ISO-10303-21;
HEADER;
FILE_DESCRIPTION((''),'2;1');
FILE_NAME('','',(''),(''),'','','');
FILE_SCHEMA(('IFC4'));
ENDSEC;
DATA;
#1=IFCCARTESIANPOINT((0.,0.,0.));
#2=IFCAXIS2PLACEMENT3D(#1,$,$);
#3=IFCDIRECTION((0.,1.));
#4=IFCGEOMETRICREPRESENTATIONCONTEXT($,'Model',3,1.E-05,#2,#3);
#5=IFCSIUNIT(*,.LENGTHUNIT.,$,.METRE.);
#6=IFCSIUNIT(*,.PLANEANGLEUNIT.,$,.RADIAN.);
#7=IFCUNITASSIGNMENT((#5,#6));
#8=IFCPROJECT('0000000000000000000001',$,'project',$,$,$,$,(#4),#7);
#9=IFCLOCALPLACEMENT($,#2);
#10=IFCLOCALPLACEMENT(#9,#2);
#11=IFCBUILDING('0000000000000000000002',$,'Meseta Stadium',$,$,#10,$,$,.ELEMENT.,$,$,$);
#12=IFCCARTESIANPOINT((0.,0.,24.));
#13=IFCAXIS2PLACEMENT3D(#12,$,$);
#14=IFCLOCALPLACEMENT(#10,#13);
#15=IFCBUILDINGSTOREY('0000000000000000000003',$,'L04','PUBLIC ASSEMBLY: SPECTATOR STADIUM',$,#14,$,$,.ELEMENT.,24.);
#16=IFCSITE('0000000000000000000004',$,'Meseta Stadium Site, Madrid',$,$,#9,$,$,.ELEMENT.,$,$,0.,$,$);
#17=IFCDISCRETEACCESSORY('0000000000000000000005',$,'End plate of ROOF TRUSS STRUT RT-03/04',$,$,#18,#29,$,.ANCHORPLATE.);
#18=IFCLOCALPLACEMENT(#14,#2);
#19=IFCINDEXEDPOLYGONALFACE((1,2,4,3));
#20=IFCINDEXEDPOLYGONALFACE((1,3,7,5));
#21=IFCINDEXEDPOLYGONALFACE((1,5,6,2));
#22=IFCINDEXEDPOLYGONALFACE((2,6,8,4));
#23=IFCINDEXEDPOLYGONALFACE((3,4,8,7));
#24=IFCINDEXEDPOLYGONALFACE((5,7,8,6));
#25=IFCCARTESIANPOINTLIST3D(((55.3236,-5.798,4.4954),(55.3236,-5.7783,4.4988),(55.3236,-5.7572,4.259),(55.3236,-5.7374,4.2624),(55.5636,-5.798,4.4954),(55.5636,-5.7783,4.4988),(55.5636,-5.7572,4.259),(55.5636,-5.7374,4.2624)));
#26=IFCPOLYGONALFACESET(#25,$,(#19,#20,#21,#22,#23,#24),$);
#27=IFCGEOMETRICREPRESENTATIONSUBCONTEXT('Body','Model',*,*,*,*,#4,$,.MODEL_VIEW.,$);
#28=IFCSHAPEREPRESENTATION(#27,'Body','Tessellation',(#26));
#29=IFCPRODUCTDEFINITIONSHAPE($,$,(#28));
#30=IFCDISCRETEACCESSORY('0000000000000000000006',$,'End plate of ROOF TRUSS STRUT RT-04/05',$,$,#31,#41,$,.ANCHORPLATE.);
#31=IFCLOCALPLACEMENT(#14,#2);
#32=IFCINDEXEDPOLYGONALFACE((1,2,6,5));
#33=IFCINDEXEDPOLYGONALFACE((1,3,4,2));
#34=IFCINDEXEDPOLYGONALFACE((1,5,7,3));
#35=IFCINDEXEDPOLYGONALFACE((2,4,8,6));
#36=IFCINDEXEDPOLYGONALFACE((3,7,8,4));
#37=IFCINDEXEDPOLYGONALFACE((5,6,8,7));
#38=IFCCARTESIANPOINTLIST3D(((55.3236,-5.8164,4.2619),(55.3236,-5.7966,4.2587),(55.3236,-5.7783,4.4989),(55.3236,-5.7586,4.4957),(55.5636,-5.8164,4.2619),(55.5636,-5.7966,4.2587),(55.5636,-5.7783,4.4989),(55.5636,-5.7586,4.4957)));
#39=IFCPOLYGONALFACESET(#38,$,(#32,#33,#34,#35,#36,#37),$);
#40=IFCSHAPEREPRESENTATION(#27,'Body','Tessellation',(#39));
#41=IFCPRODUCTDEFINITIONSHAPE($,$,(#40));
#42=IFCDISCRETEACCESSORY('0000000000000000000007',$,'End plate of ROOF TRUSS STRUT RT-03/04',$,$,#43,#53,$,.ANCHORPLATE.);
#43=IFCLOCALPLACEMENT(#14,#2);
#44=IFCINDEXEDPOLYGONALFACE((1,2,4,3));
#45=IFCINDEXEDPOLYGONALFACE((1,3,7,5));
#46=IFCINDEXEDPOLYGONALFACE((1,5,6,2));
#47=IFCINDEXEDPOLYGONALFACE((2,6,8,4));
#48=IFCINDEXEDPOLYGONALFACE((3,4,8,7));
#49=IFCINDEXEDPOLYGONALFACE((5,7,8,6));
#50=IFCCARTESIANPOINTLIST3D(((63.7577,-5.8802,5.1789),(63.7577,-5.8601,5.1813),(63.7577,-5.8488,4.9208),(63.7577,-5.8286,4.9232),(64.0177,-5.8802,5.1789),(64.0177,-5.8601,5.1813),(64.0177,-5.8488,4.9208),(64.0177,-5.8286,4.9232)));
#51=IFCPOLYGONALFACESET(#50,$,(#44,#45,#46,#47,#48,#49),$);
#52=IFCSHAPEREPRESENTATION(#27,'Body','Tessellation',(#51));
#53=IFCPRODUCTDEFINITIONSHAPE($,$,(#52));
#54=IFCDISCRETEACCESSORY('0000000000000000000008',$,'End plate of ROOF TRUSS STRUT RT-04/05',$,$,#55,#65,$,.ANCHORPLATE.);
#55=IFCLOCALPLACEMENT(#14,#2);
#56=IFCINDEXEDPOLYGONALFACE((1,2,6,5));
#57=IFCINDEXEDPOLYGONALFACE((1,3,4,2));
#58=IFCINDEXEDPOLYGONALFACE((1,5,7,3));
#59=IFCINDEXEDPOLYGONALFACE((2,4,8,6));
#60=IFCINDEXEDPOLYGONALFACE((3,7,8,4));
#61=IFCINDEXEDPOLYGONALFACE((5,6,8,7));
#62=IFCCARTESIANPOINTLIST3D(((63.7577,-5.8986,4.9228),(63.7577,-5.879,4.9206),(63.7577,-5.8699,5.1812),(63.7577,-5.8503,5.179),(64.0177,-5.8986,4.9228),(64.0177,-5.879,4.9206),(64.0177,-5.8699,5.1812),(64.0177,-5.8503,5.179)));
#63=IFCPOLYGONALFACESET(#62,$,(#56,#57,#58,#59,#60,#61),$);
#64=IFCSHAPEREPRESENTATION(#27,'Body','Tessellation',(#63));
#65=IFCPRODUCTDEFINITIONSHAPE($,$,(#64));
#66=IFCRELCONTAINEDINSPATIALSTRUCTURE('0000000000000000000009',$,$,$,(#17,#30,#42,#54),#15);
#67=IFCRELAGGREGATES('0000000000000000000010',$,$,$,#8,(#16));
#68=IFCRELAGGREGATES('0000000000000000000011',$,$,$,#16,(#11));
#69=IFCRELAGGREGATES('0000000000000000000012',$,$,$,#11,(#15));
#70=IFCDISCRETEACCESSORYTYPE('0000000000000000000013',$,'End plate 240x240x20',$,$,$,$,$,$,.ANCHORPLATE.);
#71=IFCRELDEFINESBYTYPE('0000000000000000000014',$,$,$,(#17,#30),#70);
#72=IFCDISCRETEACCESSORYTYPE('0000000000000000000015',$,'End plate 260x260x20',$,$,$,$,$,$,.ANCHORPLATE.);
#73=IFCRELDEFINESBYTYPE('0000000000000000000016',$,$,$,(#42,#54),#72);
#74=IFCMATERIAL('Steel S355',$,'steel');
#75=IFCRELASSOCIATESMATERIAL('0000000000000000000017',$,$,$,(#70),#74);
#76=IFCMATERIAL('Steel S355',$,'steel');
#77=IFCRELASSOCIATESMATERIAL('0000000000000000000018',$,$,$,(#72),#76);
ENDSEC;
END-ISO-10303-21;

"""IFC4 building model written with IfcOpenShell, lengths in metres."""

from ifc_helpers import new_model, si_unit, direction, frame, origin, origin_2d, place, context, subcontext, project, spatial, rectangle, extrude, material, material_profile, profile_set, type_object, element, save


model = new_model("IFC4")

# Units and contexts
model_context = context("Model", 3, precision=1e-05, world=origin(), true_north=direction((0.0, 1.0)))
body_context = subcontext(model_context, "Body", "Model", "MODEL_VIEW")
ifc_project = project(units=[si_unit("LENGTHUNIT", "METRE"), si_unit("PLANEANGLEUNIT", "RADIAN")], contexts=[model_context])

# Site, building, storey
site_placement = place(None, origin())
site = spatial("IfcSite", under=ifc_project, at=site_placement, Name="Meseta Stadium Site, Madrid", CompositionType="ELEMENT", RefElevation=0.0)
building_placement = place(site_placement, origin())
building = spatial("IfcBuilding", under=site, at=building_placement, Name="Meseta Stadium", CompositionType="ELEMENT")
storey_placement = place(building_placement, frame((0.0, 0.0, 24.0)))
storey = spatial("IfcBuildingStorey", under=building, at=storey_placement, Name="L04", Description="PUBLIC ASSEMBLY: SPECTATOR STADIUM", CompositionType="ELEMENT", Elevation=24.0)

# Discrete accessories
ifc_material_1 = material(Name="Steel S355", Category="steel")
ifc_material_profile_1 = material_profile(ifc_material_1, rectangle(XDim=0.24, YDim=0.24, at=origin_2d()), Name="PL 240x240")
ifc_profile_set_1 = profile_set([ifc_material_profile_1], Name="Steel S355")
discrete_accessory_type_1 = type_object("IfcDiscreteAccessoryType", Name="End plate 240x240x20", PredefinedType="ANCHORPLATE", material=ifc_profile_set_1)
for number, where, z_axis, x_axis, name in (
    (1, (55.4436, -5.7776, 4.3772), (0.0, 0.98539, 0.170314), (-1.0, 0.0, 0.0), "End plate of ROOF TRUSS STRUT RT-03/04"),
    (2, (55.4436, -5.7974, 4.3804), (0.0, 0.987364, -0.158466), (-1.0, 0.0, 0.0), "End plate of ROOF TRUSS STRUT RT-04/05"),
):
    element("IfcDiscreteAccessory", number, at=place(storey_placement, frame(where, z_axis=z_axis, x_axis=x_axis)), inside=storey, type_object=discrete_accessory_type_1, Name=name, PredefinedType="ANCHORPLATE", context=body_context, shape_type="SweptSolid", body=[
        extrude(rectangle(XDim=0.24, YDim=0.24, at=origin_2d()), origin(), (0.0, 0.0, 1.0), 0.02),
    ])
ifc_material_2 = material(Name="Steel S355", Category="steel")
ifc_material_profile_2 = material_profile(ifc_material_2, rectangle(XDim=0.26, YDim=0.26, at=origin_2d()), Name="PL 260x260")
ifc_profile_set_2 = profile_set([ifc_material_profile_2], Name="Steel S355")
discrete_accessory_type_2 = type_object("IfcDiscreteAccessoryType", Name="End plate 260x260x20", PredefinedType="ANCHORPLATE", material=ifc_profile_set_2)
discrete_accessory_1_placement = place(storey_placement, frame((63.8877, -5.8645, 5.0498), z_axis=(0.0, 0.992646, 0.121054), x_axis=(-1.0, 0.0, 0.0)))
element("IfcDiscreteAccessory", 3, at=discrete_accessory_1_placement, inside=storey, type_object=discrete_accessory_type_2, Name="End plate of ROOF TRUSS STRUT RT-03/04", PredefinedType="ANCHORPLATE", context=body_context, shape_type="SweptSolid", body=[
    extrude(rectangle(XDim=0.26, YDim=0.26, at=origin_2d()), origin(), (0.0, 0.0, 1.0), 0.0203),
])
discrete_accessory_2_placement = place(storey_placement, frame((63.8877, -5.8843, 5.052), z_axis=(0.0, 0.993884, -0.110432), x_axis=(-1.0, 0.0, 0.0)))
element("IfcDiscreteAccessory", 4, at=discrete_accessory_2_placement, inside=storey, type_object=discrete_accessory_type_2, Name="End plate of ROOF TRUSS STRUT RT-04/05", PredefinedType="ANCHORPLATE", context=body_context, shape_type="SweptSolid", body=[
    extrude(rectangle(XDim=0.26, YDim=0.26, at=origin_2d()), origin(), (0.0, 0.0, 1.0), 0.0198),
])

save(model, "model.ifc")
